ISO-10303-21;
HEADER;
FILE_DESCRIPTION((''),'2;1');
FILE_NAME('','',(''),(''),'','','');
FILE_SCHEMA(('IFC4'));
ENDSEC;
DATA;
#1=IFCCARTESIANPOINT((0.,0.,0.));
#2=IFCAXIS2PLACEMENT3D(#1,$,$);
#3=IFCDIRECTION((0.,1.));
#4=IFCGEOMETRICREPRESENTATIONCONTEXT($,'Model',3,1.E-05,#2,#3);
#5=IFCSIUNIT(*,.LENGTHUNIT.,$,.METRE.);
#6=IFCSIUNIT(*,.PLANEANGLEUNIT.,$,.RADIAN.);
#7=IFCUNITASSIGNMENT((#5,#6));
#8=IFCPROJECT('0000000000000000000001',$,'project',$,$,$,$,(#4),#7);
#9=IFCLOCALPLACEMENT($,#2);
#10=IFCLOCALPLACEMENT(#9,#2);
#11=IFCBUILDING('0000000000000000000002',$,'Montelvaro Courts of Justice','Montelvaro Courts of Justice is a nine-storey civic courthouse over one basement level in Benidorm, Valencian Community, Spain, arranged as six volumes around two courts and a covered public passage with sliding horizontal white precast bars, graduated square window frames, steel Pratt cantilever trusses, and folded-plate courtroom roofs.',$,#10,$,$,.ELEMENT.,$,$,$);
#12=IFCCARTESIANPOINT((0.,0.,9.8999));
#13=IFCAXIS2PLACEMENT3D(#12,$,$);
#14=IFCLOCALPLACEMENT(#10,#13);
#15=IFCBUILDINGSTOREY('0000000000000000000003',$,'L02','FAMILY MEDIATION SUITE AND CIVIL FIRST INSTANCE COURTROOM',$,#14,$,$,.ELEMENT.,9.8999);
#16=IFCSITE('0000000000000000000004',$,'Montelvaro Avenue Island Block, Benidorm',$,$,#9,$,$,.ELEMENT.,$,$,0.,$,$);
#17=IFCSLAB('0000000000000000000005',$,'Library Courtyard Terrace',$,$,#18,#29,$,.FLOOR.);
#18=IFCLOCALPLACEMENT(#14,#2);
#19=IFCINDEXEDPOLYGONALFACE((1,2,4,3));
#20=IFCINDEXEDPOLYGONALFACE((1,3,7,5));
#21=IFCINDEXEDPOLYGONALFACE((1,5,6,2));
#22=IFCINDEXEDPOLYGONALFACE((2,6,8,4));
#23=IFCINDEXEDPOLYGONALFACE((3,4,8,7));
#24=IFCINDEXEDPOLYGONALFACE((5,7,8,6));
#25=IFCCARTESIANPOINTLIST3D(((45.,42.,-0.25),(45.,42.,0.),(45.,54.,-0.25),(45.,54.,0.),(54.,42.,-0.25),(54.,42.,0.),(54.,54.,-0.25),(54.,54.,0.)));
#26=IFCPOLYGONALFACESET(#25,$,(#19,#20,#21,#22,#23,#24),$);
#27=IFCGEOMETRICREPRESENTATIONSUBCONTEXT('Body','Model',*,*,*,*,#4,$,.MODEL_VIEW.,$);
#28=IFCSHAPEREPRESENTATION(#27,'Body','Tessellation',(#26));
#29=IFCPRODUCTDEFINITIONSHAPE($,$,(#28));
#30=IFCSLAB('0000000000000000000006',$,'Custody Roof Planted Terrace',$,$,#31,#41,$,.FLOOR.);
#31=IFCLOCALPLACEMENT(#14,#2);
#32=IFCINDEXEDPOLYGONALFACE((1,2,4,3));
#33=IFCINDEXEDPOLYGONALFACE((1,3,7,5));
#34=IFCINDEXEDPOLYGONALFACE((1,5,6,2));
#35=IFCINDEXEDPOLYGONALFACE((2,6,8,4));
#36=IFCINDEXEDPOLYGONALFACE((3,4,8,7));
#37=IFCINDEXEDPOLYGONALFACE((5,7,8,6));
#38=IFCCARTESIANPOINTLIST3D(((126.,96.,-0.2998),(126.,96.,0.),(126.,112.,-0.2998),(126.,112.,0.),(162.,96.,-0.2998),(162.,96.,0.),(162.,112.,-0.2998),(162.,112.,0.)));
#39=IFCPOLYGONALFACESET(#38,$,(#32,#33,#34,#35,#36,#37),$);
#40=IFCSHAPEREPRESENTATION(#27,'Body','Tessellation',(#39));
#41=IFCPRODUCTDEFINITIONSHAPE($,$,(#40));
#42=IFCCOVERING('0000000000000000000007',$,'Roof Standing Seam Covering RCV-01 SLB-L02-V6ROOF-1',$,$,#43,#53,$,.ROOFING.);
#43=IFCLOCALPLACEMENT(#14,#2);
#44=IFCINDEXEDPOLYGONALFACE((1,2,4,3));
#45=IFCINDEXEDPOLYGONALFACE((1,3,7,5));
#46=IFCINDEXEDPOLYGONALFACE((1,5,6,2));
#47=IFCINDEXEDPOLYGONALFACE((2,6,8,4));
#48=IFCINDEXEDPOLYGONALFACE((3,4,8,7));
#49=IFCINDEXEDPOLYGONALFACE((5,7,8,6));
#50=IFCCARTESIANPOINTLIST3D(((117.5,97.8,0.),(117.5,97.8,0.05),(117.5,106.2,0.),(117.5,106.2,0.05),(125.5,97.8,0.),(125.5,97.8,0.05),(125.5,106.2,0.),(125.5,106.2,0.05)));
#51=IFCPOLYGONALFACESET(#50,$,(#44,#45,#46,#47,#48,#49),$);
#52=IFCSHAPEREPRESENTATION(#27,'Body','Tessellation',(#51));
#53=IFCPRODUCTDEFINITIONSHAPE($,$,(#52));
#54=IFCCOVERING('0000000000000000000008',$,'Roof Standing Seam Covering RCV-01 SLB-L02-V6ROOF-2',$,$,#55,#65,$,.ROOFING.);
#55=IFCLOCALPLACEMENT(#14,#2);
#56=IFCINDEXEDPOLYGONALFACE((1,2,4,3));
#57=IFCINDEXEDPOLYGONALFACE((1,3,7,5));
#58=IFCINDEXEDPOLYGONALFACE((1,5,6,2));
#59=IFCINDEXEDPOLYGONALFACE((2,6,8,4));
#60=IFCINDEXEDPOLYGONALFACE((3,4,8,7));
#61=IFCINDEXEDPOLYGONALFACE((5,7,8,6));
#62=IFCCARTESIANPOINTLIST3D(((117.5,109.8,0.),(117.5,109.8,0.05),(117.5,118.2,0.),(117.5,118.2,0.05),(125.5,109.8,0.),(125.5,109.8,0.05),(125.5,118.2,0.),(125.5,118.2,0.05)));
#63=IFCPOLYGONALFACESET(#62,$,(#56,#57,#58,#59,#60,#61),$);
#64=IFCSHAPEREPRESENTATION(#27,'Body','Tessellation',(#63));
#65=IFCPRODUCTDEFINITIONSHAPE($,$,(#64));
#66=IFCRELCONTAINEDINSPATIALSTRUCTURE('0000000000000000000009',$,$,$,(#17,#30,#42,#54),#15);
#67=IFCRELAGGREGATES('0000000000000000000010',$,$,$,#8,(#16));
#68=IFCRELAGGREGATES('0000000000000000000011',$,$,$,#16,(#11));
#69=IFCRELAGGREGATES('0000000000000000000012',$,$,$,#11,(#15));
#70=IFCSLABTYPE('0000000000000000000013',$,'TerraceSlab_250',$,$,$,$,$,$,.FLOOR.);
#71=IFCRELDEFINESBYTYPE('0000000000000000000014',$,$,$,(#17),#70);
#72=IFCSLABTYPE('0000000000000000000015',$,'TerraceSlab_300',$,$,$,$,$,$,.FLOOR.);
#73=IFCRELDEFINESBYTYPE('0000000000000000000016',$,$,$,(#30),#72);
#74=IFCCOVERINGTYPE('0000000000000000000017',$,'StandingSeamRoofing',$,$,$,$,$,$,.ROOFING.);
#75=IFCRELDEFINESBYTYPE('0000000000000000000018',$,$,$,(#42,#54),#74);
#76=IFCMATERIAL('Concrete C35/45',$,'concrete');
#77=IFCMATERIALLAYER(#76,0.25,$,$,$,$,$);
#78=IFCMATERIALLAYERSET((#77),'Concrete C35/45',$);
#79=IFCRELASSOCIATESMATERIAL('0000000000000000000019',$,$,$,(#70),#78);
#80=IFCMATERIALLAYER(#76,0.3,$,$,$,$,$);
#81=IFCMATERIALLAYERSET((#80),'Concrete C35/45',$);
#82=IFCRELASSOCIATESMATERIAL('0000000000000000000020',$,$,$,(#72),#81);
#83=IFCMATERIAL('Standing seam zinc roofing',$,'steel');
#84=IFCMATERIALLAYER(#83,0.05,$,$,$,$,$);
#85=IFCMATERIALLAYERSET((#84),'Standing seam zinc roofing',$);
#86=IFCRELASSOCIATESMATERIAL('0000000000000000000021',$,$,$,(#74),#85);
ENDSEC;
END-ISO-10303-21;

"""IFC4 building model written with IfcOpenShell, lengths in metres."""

from ifc_helpers import new_model, si_unit, direction, frame, origin, place, context, subcontext, project, spatial, polyline, outline, extrude, material, layer, layer_set, type_object, element, save


model = new_model("IFC4")

# Units and contexts
model_context = context("Model", 3, precision=1e-05, world=origin(), true_north=direction((0.0, 1.0)))
body_context = subcontext(model_context, "Body", "Model", "MODEL_VIEW")
ifc_project = project(units=[si_unit("LENGTHUNIT", "METRE"), si_unit("PLANEANGLEUNIT", "RADIAN")], contexts=[model_context])

# Site, building, storey
site_placement = place(None, origin())
site = spatial("IfcSite", under=ifc_project, at=site_placement, Name="Montelvaro Avenue Island Block, Benidorm", CompositionType="ELEMENT", RefElevation=0.0)
building_placement = place(site_placement, origin())
building = spatial("IfcBuilding", under=site, at=building_placement, Name="Montelvaro Courts of Justice", Description="Montelvaro Courts of Justice is a nine-storey civic courthouse over one basement level in Benidorm, Valencian Community, Spain, arranged as six volumes around two courts and a covered public passage with sliding horizontal white precast bars, graduated square window frames, steel Pratt cantilever trusses, and folded-plate courtroom roofs.", CompositionType="ELEMENT")
storey_placement = place(building_placement, frame((0.0, 0.0, 9.8999)))
storey = spatial("IfcBuildingStorey", under=building, at=storey_placement, Name="L02", Description="FAMILY MEDIATION SUITE AND CIVIL FIRST INSTANCE COURTROOM", CompositionType="ELEMENT", Elevation=9.8999)

# Shared definitions
ifc_material_1 = material(Name="Concrete C35/45", Category="concrete")

# Slabs
ifc_layer_1 = layer(ifc_material_1, 0.25)
ifc_layer_set_1 = layer_set([ifc_layer_1], Name="Concrete C35/45")
slab_type_1 = type_object("IfcSlabType", Name="TerraceSlab_250", PredefinedType="FLOOR", material=ifc_layer_set_1)
slab_1_placement = place(storey_placement, frame((0.0, 0.0, -0.25)))
element("IfcSlab", 1, at=slab_1_placement, inside=storey, type_object=slab_type_1, Name="Library Courtyard Terrace", PredefinedType="FLOOR", context=body_context, shape_type="SweptSolid", body=[
    extrude(outline(polyline([(45.0, 42.0), (54.0, 42.0), (54.0, 54.0), (45.0, 54.0), (45.0, 42.0)])), origin(), (0.0, 0.0, 1.0), 0.25),
])
ifc_layer_2 = layer(ifc_material_1, 0.3)
ifc_layer_set_2 = layer_set([ifc_layer_2], Name="Concrete C35/45")
slab_type_2 = type_object("IfcSlabType", Name="TerraceSlab_300", PredefinedType="FLOOR", material=ifc_layer_set_2)
slab_2_placement = place(storey_placement, frame((0.0, 0.0, -0.2998)))
element("IfcSlab", 2, at=slab_2_placement, inside=storey, type_object=slab_type_2, Name="Custody Roof Planted Terrace", PredefinedType="FLOOR", context=body_context, shape_type="SweptSolid", body=[
    extrude(outline(polyline([(126.0, 96.0), (162.0, 96.0), (162.0, 112.0), (126.0, 112.0), (126.0, 96.0)])), origin(), (0.0, 0.0, 1.0), 0.2998),
])

# Coverings
ifc_material_2 = material(Name="Standing seam zinc roofing", Category="steel")
ifc_layer_3 = layer(ifc_material_2, 0.05)
ifc_layer_set_3 = layer_set([ifc_layer_3], Name="Standing seam zinc roofing")
covering_type = type_object("IfcCoveringType", Name="StandingSeamRoofing", PredefinedType="ROOFING", material=ifc_layer_set_3)
covering_1_placement = place(storey_placement, origin())
element("IfcCovering", 3, at=covering_1_placement, inside=storey, type_object=covering_type, Name="Roof Standing Seam Covering RCV-01 SLB-L02-V6ROOF-1", PredefinedType="ROOFING", context=body_context, shape_type="SweptSolid", body=[
    extrude(outline(polyline([(117.5, 97.8), (125.5, 97.8), (125.5, 106.2), (117.5, 106.2), (117.5, 97.8)])), origin(), (0.0, 0.0, 1.0), 0.05),
])
covering_2_placement = place(storey_placement, origin())
element("IfcCovering", 4, at=covering_2_placement, inside=storey, type_object=covering_type, Name="Roof Standing Seam Covering RCV-01 SLB-L02-V6ROOF-2", PredefinedType="ROOFING", context=body_context, shape_type="SweptSolid", body=[
    extrude(outline(polyline([(117.5, 109.8), (125.5, 109.8), (125.5, 118.2), (117.5, 118.2), (117.5, 109.8)])), origin(), (0.0, 0.0, 1.0), 0.05),
])

save(model, "model.ifc")
